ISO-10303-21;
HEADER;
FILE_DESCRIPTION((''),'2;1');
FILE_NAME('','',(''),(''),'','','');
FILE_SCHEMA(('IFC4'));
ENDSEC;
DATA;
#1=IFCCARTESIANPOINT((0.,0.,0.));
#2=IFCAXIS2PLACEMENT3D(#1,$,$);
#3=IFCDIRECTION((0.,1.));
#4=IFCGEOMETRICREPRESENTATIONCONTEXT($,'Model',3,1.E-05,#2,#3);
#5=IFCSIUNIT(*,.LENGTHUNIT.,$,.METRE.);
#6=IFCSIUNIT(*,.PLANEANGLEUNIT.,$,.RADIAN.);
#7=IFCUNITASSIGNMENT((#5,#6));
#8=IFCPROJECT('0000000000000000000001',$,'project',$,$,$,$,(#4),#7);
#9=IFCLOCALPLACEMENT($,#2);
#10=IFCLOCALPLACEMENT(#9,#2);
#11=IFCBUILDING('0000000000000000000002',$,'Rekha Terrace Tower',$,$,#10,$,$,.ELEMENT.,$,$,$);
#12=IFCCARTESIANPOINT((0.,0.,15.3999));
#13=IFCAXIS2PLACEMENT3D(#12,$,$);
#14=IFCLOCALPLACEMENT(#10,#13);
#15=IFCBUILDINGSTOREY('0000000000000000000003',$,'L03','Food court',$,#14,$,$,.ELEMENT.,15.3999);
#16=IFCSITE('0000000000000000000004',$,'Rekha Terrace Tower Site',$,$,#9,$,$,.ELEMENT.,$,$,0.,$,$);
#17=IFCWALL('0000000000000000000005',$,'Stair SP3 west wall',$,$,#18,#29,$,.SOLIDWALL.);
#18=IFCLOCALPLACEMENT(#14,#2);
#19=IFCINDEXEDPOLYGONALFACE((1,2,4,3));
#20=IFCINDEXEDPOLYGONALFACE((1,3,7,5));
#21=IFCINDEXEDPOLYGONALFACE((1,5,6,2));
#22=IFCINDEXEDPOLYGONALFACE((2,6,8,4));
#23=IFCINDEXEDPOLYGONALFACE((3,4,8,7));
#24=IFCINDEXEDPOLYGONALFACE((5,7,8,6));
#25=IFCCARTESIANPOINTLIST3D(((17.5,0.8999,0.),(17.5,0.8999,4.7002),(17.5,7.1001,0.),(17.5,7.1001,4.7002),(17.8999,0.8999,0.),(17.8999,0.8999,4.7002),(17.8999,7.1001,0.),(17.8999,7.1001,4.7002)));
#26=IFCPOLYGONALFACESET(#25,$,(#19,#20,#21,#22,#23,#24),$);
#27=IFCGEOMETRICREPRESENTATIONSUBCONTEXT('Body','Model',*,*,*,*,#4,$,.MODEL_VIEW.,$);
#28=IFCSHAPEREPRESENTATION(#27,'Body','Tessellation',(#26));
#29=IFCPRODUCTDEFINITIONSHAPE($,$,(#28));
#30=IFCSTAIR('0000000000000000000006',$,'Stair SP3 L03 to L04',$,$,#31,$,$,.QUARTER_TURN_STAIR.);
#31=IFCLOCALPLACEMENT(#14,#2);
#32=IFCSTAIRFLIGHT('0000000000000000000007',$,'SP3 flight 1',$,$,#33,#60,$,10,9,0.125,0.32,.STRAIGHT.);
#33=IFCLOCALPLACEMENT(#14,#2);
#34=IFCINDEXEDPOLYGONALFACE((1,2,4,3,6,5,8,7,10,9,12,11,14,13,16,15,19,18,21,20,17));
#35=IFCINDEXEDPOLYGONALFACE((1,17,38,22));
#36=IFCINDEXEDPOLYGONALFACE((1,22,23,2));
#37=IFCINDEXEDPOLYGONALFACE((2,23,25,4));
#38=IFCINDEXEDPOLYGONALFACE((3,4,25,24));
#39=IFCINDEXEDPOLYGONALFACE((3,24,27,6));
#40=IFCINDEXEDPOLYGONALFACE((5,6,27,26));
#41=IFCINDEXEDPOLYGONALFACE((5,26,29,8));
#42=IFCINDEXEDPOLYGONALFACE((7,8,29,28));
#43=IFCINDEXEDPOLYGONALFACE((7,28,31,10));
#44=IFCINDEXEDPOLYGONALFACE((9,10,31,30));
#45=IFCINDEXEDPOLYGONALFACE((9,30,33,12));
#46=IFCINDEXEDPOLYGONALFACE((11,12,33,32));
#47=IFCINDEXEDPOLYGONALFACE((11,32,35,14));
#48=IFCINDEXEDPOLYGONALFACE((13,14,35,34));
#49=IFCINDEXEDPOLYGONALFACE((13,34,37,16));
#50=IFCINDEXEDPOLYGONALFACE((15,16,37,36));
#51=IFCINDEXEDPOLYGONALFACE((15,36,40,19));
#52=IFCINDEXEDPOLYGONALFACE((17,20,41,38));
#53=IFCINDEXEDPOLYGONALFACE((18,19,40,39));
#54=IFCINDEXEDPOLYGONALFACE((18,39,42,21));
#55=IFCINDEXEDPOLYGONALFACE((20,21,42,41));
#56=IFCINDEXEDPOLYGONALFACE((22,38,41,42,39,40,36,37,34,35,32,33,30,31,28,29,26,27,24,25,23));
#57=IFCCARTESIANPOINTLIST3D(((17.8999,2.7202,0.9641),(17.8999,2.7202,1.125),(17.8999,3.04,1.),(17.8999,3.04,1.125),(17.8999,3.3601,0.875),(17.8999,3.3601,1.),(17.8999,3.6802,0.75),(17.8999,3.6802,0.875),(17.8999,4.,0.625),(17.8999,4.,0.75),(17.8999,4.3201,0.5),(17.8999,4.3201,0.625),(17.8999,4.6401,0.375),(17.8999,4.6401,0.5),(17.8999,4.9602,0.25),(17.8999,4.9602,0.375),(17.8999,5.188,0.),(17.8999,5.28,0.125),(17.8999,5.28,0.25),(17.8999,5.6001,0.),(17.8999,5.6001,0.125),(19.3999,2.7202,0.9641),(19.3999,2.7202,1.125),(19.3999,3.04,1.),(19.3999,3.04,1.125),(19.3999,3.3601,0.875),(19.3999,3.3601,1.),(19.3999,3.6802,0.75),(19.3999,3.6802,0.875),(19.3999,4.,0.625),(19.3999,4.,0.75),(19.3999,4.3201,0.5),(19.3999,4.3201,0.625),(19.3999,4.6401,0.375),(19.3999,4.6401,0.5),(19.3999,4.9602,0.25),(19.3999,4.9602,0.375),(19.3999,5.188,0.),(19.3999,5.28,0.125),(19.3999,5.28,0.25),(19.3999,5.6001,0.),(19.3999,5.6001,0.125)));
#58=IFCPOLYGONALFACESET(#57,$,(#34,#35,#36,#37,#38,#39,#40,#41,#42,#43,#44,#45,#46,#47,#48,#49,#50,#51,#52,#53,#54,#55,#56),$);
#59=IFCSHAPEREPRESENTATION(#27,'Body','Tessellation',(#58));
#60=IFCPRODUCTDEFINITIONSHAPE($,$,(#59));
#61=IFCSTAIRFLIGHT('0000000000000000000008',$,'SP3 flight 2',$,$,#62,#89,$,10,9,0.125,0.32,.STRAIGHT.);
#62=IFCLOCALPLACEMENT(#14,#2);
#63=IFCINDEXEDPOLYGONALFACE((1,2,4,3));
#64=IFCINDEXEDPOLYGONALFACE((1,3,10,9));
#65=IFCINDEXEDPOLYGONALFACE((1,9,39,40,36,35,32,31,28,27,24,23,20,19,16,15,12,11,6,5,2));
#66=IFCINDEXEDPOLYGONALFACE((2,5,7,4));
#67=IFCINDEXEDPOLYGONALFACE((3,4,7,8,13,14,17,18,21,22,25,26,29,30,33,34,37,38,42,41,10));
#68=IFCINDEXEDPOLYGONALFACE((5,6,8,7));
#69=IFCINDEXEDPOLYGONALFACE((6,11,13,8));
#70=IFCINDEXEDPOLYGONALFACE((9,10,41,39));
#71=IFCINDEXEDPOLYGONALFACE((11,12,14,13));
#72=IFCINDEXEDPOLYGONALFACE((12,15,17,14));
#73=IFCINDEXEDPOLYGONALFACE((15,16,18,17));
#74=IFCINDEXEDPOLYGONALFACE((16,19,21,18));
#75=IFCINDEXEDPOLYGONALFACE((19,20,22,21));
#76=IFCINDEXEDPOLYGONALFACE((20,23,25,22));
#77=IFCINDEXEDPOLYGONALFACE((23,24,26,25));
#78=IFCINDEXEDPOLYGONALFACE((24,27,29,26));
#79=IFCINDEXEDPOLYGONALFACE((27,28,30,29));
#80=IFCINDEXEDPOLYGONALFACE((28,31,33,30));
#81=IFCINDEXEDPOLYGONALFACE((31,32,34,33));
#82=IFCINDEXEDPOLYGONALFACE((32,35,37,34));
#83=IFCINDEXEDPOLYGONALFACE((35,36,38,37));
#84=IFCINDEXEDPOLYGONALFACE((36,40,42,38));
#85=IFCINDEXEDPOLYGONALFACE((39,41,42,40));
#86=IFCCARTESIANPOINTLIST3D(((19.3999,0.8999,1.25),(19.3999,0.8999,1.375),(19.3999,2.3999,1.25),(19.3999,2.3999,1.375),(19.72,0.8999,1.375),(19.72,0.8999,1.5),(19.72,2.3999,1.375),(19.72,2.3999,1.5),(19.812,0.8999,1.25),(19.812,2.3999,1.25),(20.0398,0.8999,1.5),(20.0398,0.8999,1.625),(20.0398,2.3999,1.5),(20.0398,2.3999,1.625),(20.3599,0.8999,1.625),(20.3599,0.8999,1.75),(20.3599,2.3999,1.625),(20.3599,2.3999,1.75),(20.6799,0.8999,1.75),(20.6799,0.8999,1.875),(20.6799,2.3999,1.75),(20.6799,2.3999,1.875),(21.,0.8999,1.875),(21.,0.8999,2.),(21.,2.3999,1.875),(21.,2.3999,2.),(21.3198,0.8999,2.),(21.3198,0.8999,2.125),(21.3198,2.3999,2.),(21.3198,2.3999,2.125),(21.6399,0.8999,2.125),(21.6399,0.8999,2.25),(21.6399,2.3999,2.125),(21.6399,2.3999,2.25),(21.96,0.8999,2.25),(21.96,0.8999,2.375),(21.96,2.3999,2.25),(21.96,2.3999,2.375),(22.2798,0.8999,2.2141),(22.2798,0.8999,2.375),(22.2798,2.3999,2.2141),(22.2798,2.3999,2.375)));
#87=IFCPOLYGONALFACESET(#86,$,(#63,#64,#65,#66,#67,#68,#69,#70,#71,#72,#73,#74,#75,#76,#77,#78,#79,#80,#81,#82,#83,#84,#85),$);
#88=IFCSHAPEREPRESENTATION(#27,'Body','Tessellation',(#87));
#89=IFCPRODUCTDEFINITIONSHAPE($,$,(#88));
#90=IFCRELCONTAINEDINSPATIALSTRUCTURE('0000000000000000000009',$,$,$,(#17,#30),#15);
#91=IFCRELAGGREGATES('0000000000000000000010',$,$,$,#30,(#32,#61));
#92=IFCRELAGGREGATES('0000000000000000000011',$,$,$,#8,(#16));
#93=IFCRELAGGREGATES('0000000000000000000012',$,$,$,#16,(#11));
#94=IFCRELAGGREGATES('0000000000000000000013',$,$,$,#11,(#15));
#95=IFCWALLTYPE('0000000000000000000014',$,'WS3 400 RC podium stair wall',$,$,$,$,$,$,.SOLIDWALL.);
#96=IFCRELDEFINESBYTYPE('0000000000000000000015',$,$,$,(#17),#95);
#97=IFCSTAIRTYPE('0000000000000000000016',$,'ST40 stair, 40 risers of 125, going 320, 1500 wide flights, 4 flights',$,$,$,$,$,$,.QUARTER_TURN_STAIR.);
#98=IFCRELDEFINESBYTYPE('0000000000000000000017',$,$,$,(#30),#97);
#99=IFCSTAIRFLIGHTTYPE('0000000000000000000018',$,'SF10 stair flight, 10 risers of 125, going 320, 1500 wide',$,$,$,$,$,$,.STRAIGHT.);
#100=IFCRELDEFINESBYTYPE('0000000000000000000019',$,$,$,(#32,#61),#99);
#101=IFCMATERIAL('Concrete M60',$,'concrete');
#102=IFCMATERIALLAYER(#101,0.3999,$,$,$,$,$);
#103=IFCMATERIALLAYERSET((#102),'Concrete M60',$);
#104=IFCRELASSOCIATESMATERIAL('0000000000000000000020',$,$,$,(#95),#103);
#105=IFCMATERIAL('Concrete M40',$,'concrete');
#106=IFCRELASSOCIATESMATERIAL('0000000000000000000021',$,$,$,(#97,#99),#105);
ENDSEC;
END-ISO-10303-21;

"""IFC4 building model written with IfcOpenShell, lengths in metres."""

from ifc_helpers import new_model, si_unit, direction, frame, frame_2d, origin, place, context, subcontext, project, spatial, polyline, rectangle, outline, extrude, material, layer, layer_set, type_object, element, aggregate, save


model = new_model("IFC4")

# Units and contexts
model_context = context("Model", 3, precision=1e-05, world=origin(), true_north=direction((0.0, 1.0)))
body_context = subcontext(model_context, "Body", "Model", "MODEL_VIEW")
ifc_project = project(units=[si_unit("LENGTHUNIT", "METRE"), si_unit("PLANEANGLEUNIT", "RADIAN")], contexts=[model_context])

# Site, building, storey
site_placement = place(None, origin())
site = spatial("IfcSite", under=ifc_project, at=site_placement, Name="Rekha Terrace Tower Site", CompositionType="ELEMENT", RefElevation=0.0)
building_placement = place(site_placement, origin())
building = spatial("IfcBuilding", under=site, at=building_placement, Name="Rekha Terrace Tower", CompositionType="ELEMENT")
storey_placement = place(building_placement, frame((0.0, 0.0, 15.3999)))
storey = spatial("IfcBuildingStorey", under=building, at=storey_placement, Name="L03", Description="Food court", CompositionType="ELEMENT", Elevation=15.3999)

# Shared definitions
ifc_material_1 = material(Name="Concrete M60", Category="concrete")

# Wall
ifc_layer_1 = layer(ifc_material_1, 0.3999)
ifc_layer_set_1 = layer_set([ifc_layer_1], Name="Concrete M60")
wall_type_1 = type_object("IfcWallType", Name="WS3 400 RC podium stair wall", PredefinedType="SOLIDWALL", material=ifc_layer_set_1)
wall_1_placement = place(storey_placement, frame((17.7, 0.8999, 0.0), z_axis=(0.0, 0.0, 1.0), x_axis=(0.0, 1.0, 0.0)))
element("IfcWall", 1, at=wall_1_placement, inside=storey, type_object=wall_type_1, Name="Stair SP3 west wall", PredefinedType="SOLIDWALL", context=body_context, shape_type="SweptSolid", body=[
    extrude(rectangle(XDim=6.2002, YDim=0.3999, at=frame_2d((3.1001, 0.0))), origin(), (0.0, 0.0, 1.0), 4.7002),
])

# Stair, stair flights
ifc_material_2 = material(Name="Concrete M40", Category="concrete")
stair_type = type_object("IfcStairType", Name="ST40 stair, 40 risers of 125, going 320, 1500 wide flights, 4 flights", PredefinedType="QUARTER_TURN_STAIR", material=ifc_material_2)
stair_placement = place(storey_placement, origin())
stair = element("IfcStair", 2, at=stair_placement, inside=storey, type_object=stair_type, Name="Stair SP3 L03 to L04", PredefinedType="QUARTER_TURN_STAIR")
stair_flight_type = type_object("IfcStairFlightType", Name="SF10 stair flight, 10 risers of 125, going 320, 1500 wide", PredefinedType="STRAIGHT", material=ifc_material_2)
stair_flight_1_placement = place(storey_placement, frame((18.6499, 5.6001, 0.0), z_axis=(0.0, 0.0, 1.0), x_axis=(0.0, -1.0, 0.0)))
stair_flight_1 = element("IfcStairFlight", 3, at=stair_flight_1_placement, type_object=stair_flight_type, Name="SP3 flight 1", NumberOfRisers=10, NumberOfTreads=9, PredefinedType="STRAIGHT", RiserHeight=0.125, TreadLength=0.32, context=body_context, shape_type="SweptSolid", body=[
    extrude(outline(polyline([(0.0, 0.0), (0.0, 0.125), (0.3201, 0.125), (0.3201, 0.25), (0.6399, 0.25), (0.6399, 0.375), (0.96, 0.375), (0.96, 0.5), (1.28, 0.5), (1.28, 0.625), (1.6001, 0.625), (1.6001, 0.75), (1.9199, 0.75), (1.9199, 0.875), (2.24, 0.875), (2.24, 1.0), (2.5601, 1.0), (2.5601, 1.125), (2.8799, 1.125), (2.8799, 1.25), (2.8799, 0.9641), (0.4121, 0.0), (0.0, 0.0)])), frame((0.0, 0.75, 0.0), z_axis=(0.0, -1.0, 0.0), x_axis=(1.0, 0.0, 0.0)), (0.0, 0.0, 1.0), 1.5),
])
stair_flight_2_placement = place(storey_placement, frame((19.3999, 1.6499, 1.25), z_axis=(0.0, 0.0, 1.0), x_axis=(1.0, 0.0, 0.0)))
stair_flight_2 = element("IfcStairFlight", 4, at=stair_flight_2_placement, type_object=stair_flight_type, Name="SP3 flight 2", NumberOfRisers=10, NumberOfTreads=9, PredefinedType="STRAIGHT", RiserHeight=0.125, TreadLength=0.32, context=body_context, shape_type="SweptSolid", body=[
    extrude(outline(polyline([(0.0, 0.0), (0.0, 0.125), (0.3201, 0.125), (0.3201, 0.25), (0.6399, 0.25), (0.6399, 0.375), (0.96, 0.375), (0.96, 0.5), (1.28, 0.5), (1.28, 0.625), (1.6001, 0.625), (1.6001, 0.75), (1.9199, 0.75), (1.9199, 0.875), (2.24, 0.875), (2.24, 1.0), (2.5601, 1.0), (2.5601, 1.125), (2.8799, 1.125), (2.8799, 1.25), (2.8799, 0.9641), (0.4121, 0.0), (0.0, 0.0)])), frame((0.0, 0.75, 0.0), z_axis=(0.0, -1.0, 0.0), x_axis=(1.0, 0.0, 0.0)), (0.0, 0.0, 1.0), 1.5),
])
aggregate(stair, [stair_flight_1, stair_flight_2])

save(model, "model.ifc")
